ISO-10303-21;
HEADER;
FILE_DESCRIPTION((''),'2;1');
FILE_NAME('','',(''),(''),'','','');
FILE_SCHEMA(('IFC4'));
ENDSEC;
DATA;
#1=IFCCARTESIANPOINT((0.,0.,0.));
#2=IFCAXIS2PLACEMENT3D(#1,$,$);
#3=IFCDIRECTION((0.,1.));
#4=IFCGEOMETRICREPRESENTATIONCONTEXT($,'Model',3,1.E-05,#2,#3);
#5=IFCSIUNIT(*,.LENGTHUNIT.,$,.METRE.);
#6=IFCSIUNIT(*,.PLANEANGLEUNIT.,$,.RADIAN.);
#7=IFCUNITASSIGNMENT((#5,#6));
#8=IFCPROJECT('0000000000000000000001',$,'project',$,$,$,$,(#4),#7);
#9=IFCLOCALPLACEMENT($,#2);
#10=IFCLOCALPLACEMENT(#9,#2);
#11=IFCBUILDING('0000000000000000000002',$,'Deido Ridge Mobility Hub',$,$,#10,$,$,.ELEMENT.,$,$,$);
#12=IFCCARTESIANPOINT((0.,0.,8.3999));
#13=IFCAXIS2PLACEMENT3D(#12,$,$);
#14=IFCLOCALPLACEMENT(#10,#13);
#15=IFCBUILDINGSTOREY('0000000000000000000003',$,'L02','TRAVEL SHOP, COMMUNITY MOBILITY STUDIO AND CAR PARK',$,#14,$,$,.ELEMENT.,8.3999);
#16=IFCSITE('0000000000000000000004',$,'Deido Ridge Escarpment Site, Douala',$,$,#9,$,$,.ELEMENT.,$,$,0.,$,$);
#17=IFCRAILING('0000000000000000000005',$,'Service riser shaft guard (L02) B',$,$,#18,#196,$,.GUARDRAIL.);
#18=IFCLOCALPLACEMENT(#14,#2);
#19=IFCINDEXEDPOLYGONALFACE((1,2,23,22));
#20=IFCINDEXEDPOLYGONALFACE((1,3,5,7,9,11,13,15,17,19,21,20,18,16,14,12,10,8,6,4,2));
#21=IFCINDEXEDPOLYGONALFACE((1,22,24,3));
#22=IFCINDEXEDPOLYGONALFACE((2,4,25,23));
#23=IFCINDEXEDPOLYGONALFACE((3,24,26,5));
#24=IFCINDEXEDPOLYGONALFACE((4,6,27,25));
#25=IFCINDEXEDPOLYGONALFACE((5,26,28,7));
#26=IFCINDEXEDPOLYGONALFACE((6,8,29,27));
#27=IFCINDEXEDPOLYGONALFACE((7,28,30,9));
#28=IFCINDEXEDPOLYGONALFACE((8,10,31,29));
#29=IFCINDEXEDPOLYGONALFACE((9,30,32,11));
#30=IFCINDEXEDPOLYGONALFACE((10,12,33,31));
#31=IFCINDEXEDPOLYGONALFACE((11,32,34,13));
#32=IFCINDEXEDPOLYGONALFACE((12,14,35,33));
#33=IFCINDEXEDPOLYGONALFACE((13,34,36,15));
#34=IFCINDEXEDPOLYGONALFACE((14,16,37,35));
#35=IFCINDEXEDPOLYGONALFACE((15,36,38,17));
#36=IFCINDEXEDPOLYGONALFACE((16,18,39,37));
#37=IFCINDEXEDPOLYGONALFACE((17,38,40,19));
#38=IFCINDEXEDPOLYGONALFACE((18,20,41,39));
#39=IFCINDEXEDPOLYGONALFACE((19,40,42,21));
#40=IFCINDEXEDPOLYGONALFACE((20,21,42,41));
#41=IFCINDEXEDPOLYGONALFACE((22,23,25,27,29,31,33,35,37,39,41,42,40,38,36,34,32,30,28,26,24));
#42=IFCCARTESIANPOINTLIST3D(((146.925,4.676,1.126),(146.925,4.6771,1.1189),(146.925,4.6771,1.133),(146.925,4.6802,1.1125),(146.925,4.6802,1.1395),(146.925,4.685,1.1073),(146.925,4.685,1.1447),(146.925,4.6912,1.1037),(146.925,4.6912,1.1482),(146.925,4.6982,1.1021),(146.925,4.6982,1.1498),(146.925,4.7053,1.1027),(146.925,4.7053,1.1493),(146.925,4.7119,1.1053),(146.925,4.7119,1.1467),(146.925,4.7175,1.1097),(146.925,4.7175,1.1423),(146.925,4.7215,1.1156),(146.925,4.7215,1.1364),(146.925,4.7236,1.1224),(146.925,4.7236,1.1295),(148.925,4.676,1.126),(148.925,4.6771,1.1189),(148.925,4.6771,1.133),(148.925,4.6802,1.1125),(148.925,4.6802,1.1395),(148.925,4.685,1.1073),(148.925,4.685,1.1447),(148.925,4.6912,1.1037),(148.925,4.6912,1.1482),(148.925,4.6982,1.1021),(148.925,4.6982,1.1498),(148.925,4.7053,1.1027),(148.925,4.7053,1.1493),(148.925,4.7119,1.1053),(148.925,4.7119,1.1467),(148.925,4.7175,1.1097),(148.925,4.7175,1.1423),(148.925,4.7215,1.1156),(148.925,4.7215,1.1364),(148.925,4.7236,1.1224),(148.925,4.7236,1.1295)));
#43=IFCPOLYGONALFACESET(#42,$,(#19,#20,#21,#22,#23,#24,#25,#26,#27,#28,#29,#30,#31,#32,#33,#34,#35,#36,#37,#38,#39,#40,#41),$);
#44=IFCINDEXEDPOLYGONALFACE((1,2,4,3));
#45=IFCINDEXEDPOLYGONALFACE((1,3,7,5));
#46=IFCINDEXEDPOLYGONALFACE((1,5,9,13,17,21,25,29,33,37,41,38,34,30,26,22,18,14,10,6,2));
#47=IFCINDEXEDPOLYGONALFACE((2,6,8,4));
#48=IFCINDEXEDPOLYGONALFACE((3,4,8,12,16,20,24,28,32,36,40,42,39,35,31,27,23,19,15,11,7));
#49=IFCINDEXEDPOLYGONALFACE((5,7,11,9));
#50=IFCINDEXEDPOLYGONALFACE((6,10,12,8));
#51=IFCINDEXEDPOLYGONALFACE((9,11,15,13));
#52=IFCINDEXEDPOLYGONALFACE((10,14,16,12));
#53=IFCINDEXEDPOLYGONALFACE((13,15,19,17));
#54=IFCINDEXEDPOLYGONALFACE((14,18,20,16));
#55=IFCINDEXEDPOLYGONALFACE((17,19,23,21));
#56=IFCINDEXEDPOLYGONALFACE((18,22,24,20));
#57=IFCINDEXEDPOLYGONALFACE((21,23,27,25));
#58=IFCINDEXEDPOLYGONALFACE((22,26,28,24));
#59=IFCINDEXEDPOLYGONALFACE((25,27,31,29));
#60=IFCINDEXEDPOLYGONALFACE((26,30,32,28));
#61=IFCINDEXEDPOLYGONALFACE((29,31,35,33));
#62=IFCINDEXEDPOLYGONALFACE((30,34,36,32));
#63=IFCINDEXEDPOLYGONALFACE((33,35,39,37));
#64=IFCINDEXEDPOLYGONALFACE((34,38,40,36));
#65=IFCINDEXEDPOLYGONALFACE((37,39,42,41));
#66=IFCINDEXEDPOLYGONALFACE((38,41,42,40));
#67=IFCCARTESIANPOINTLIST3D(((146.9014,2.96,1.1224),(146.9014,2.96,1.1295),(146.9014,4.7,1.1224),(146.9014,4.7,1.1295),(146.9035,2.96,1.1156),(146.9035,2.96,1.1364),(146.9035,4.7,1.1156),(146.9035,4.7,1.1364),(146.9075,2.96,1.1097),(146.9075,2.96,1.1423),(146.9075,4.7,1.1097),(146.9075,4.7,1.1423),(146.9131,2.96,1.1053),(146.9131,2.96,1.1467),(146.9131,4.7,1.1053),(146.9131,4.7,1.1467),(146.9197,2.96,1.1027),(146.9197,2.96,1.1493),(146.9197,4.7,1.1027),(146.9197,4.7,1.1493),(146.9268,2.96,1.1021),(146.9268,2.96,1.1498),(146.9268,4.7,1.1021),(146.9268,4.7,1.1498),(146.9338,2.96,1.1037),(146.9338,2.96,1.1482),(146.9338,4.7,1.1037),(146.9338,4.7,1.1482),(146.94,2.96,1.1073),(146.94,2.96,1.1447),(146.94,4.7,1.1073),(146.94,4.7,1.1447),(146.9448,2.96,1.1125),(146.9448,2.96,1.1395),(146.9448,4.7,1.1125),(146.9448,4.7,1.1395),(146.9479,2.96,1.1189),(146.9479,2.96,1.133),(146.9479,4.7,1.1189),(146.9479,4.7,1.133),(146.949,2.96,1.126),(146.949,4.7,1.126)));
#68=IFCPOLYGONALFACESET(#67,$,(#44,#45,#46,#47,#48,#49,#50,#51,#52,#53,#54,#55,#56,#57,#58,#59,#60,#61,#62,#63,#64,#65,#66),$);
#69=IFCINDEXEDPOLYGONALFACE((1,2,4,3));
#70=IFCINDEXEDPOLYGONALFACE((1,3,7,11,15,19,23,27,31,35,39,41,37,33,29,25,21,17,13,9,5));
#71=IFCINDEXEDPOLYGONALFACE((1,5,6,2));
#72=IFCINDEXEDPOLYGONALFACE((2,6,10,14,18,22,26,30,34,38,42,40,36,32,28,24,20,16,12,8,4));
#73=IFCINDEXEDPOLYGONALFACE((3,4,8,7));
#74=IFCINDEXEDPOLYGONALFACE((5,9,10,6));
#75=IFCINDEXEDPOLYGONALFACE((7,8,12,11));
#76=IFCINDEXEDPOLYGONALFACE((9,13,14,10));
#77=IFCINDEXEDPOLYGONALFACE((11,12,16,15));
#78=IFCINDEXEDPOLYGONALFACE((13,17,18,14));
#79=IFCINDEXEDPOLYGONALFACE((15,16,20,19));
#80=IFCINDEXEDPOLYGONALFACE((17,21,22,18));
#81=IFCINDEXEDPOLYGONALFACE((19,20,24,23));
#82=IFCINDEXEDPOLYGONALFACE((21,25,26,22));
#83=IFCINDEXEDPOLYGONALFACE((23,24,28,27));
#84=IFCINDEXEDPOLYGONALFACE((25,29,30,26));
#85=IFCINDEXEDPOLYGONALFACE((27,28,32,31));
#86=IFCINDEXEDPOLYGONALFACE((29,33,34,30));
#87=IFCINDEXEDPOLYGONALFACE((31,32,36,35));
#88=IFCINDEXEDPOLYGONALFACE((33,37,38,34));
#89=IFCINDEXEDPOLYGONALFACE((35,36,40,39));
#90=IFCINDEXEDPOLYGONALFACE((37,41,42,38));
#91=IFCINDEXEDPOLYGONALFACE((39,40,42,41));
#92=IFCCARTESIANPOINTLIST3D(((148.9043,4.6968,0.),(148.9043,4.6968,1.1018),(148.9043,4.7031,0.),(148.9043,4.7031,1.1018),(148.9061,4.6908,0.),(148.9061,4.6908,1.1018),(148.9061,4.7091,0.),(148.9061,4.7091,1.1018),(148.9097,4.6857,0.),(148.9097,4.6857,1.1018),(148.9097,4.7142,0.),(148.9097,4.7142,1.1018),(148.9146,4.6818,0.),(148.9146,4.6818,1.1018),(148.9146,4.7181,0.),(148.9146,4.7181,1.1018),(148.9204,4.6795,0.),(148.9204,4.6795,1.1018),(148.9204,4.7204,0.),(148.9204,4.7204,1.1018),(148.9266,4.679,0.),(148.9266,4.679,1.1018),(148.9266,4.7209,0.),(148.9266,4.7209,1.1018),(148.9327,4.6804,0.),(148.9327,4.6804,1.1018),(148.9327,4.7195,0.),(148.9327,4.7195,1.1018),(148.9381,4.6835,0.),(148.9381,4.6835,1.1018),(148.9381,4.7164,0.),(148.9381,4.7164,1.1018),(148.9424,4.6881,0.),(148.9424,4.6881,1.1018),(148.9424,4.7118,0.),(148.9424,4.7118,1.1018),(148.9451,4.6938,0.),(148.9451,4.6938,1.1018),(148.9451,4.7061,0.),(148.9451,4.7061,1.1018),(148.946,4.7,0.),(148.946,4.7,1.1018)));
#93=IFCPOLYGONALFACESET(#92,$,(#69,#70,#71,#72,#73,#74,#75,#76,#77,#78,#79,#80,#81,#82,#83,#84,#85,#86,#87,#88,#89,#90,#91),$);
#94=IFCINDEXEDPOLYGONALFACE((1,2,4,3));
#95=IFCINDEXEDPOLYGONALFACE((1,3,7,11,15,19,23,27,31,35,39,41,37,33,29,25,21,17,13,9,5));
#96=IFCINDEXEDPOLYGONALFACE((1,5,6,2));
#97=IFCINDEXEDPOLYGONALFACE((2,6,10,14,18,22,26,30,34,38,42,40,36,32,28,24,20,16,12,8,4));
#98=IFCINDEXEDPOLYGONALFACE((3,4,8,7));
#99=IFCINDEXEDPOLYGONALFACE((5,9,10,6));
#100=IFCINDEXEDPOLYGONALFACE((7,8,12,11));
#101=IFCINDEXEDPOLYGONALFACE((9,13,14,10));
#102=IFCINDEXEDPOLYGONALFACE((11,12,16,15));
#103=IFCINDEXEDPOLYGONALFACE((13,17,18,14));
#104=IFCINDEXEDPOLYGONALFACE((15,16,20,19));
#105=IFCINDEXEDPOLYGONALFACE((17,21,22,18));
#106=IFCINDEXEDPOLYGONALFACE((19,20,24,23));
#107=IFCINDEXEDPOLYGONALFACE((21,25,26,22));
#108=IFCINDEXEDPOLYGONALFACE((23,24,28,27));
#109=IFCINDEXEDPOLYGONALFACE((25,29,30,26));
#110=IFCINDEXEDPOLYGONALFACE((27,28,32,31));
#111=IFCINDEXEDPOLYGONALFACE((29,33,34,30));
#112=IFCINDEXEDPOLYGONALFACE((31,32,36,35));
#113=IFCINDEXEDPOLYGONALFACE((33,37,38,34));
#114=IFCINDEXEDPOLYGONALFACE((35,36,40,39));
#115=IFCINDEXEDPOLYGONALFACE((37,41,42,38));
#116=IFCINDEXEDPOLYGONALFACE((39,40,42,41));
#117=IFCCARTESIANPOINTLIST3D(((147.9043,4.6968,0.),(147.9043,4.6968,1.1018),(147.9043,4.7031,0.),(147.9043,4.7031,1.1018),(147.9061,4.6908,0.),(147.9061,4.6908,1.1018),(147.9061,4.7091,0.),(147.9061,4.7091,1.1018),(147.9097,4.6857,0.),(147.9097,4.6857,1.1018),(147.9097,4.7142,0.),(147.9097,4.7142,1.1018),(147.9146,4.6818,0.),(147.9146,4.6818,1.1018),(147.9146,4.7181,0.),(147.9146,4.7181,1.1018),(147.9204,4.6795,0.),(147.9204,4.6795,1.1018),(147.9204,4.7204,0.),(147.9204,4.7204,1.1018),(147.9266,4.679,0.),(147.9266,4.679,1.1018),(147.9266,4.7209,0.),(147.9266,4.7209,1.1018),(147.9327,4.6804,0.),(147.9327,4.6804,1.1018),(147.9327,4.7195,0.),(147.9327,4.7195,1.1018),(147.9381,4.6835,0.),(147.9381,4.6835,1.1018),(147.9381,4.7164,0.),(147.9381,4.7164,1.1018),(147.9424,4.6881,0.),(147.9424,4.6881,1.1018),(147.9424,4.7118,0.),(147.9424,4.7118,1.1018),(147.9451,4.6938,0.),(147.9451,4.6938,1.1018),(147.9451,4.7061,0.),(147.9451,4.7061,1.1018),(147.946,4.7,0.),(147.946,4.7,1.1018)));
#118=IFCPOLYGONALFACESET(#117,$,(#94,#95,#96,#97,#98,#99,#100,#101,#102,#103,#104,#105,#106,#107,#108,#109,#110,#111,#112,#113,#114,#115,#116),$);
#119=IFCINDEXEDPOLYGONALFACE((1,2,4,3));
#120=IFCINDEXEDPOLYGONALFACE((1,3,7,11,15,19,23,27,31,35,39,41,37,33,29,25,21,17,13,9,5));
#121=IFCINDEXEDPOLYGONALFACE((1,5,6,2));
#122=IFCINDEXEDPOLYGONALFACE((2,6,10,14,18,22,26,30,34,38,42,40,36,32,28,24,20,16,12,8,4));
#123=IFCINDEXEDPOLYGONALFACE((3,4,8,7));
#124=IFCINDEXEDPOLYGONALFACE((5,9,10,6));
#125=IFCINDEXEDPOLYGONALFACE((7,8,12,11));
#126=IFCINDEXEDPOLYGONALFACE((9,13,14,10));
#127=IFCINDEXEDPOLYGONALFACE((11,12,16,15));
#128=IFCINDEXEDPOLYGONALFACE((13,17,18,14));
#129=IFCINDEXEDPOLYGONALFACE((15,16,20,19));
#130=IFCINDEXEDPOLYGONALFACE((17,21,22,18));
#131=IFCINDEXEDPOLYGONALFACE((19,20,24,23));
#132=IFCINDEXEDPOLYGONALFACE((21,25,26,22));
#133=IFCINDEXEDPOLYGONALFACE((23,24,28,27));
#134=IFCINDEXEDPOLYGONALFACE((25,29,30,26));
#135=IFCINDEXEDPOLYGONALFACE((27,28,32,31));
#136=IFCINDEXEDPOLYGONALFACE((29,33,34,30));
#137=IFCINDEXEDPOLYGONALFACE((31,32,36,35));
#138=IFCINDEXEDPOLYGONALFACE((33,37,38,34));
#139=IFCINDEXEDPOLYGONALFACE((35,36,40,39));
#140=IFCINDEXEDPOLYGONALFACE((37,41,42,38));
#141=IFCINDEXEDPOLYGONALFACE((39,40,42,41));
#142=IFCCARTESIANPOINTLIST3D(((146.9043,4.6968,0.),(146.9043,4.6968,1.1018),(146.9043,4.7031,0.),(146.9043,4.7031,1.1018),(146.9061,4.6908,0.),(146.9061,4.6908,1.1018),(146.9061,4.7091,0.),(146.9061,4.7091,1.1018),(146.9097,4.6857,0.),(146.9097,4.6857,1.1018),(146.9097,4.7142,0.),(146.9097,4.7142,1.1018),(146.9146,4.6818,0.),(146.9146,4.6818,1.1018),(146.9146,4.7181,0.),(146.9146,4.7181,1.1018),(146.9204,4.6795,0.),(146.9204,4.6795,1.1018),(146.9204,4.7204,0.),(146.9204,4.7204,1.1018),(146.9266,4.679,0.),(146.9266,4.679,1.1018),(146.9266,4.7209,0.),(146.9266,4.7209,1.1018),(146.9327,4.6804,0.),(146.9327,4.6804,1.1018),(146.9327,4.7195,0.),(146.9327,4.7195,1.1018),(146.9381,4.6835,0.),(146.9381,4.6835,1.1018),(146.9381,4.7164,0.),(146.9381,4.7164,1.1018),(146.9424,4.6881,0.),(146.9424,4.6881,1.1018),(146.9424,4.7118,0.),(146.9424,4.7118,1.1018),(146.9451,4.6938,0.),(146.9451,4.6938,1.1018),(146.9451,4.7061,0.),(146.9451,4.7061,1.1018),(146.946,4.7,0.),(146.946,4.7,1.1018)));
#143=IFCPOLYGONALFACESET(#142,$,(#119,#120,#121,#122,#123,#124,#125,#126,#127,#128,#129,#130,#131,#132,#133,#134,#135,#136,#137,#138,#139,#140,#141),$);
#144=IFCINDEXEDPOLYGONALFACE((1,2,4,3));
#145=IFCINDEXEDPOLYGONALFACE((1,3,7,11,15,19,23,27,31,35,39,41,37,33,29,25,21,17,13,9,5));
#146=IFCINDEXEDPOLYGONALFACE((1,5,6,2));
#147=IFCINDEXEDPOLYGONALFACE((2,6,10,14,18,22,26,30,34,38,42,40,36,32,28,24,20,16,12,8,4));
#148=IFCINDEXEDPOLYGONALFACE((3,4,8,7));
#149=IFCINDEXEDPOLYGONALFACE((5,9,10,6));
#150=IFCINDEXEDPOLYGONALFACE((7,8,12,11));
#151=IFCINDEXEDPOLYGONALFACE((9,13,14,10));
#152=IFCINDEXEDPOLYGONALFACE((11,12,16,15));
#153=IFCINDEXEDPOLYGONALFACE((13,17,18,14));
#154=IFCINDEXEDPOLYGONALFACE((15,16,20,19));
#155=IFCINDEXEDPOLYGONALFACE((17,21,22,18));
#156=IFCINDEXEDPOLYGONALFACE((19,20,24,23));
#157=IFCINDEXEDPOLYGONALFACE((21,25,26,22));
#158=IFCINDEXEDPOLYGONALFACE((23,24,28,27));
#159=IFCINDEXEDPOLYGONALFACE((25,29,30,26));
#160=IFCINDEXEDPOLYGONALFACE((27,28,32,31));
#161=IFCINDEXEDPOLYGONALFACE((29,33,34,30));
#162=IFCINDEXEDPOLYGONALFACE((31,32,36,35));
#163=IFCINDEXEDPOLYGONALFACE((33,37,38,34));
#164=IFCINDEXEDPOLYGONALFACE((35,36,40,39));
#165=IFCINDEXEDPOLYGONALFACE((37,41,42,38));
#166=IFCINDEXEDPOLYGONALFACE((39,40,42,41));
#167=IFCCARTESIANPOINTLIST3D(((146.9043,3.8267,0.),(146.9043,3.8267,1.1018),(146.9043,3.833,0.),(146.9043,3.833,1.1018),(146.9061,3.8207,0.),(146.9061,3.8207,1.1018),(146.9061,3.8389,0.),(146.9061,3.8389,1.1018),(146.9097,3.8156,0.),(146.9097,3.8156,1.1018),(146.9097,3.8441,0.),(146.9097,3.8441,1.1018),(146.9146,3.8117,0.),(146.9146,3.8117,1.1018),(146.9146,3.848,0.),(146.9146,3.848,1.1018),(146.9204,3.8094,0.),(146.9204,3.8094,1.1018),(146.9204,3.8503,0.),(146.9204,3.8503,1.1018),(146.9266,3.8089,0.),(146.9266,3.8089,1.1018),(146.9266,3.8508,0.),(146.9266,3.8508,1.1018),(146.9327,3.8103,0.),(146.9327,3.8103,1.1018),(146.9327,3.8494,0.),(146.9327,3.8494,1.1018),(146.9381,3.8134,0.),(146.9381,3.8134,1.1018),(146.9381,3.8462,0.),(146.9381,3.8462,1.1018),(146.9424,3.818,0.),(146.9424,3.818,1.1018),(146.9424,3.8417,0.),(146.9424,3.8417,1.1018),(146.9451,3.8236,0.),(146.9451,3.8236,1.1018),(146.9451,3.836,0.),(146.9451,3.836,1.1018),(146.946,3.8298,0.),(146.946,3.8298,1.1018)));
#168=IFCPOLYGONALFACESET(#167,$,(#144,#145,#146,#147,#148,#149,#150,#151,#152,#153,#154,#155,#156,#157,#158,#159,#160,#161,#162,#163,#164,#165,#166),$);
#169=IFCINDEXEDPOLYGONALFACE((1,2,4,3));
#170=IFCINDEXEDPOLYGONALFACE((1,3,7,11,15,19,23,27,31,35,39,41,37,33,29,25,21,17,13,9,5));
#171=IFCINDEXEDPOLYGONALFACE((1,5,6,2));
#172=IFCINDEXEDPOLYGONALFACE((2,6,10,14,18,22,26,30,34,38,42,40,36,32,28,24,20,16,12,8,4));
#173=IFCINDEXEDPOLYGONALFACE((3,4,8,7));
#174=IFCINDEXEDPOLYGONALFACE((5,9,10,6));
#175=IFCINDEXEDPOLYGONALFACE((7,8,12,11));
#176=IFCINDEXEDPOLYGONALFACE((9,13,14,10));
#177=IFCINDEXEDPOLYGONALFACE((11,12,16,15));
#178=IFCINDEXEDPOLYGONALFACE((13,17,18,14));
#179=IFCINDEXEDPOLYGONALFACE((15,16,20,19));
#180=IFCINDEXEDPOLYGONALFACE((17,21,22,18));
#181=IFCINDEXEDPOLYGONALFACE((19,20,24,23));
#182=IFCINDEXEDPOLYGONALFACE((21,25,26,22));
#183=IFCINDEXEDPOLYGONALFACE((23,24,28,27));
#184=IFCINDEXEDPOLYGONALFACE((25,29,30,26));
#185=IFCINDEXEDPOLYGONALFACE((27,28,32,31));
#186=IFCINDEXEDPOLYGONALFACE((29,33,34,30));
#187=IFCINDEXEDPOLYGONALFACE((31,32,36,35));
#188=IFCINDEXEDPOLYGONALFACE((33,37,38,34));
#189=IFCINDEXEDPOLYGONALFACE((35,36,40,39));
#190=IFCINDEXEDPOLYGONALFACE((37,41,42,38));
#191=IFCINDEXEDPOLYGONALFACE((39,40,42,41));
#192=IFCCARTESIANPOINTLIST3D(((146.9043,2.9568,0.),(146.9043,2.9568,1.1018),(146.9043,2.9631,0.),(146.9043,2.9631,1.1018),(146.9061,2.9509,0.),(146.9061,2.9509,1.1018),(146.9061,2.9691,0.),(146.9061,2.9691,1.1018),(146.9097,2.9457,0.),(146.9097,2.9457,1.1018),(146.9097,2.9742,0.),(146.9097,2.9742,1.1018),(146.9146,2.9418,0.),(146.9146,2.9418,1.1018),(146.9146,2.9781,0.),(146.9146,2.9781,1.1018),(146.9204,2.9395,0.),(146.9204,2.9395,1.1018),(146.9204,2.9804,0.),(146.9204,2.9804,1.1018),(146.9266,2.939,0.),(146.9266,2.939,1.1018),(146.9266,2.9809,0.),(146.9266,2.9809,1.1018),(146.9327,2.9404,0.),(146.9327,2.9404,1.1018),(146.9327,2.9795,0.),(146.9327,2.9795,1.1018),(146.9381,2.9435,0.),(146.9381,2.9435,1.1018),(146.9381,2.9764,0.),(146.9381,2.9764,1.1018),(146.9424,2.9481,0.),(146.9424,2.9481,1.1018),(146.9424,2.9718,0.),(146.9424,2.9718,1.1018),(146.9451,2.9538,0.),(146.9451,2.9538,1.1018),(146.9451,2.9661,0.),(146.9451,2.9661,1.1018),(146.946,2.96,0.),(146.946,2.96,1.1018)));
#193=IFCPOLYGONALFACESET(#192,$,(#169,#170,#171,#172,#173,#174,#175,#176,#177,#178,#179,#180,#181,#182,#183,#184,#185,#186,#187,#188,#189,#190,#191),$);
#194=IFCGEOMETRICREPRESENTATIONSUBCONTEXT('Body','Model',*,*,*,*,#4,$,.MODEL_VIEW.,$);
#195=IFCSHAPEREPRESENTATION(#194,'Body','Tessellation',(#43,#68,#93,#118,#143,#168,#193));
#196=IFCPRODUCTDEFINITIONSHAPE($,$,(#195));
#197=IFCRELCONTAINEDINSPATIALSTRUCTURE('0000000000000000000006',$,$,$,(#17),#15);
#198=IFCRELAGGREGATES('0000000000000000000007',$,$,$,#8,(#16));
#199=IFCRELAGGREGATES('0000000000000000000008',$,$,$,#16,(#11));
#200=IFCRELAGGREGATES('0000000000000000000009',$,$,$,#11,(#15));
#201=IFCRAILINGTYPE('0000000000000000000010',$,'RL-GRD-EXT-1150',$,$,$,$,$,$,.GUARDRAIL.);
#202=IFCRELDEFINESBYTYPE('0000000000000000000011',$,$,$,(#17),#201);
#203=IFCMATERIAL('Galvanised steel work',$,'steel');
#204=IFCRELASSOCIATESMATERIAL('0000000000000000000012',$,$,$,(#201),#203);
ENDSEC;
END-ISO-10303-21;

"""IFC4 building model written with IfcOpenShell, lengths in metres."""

from ifc_helpers import new_model, si_unit, direction, frame, origin, origin_2d, place, context, subcontext, project, spatial, circle, extrude, material, type_object, element, save


model = new_model("IFC4")

# Units and contexts
model_context = context("Model", 3, precision=1e-05, world=origin(), true_north=direction((0.0, 1.0)))
body_context = subcontext(model_context, "Body", "Model", "MODEL_VIEW")
ifc_project = project(units=[si_unit("LENGTHUNIT", "METRE"), si_unit("PLANEANGLEUNIT", "RADIAN")], contexts=[model_context])

# Site, building, storey
site_placement = place(None, origin())
site = spatial("IfcSite", under=ifc_project, at=site_placement, Name="Deido Ridge Escarpment Site, Douala", CompositionType="ELEMENT", RefElevation=0.0)
building_placement = place(site_placement, origin())
building = spatial("IfcBuilding", under=site, at=building_placement, Name="Deido Ridge Mobility Hub", CompositionType="ELEMENT")
storey_placement = place(building_placement, frame((0.0, 0.0, 8.3999)))
storey = spatial("IfcBuildingStorey", under=building, at=storey_placement, Name="L02", Description="TRAVEL SHOP, COMMUNITY MOBILITY STUDIO AND CAR PARK", CompositionType="ELEMENT", Elevation=8.3999)

# Railing
ifc_material_1 = material(Name="Galvanised steel work", Category="steel")
railing_type = type_object("IfcRailingType", Name="RL-GRD-EXT-1150", PredefinedType="GUARDRAIL", material=ifc_material_1)
railing_1_placement = place(storey_placement, frame((148.925, 4.7, 0.0)))
element("IfcRailing", 1, at=railing_1_placement, inside=storey, type_object=railing_type, Name="Service riser shaft guard (L02) B", PredefinedType="GUARDRAIL", context=body_context, shape_type="SweptSolid", body=[
    extrude(circle(Radius=0.0239, at=origin_2d()), frame((0.0, 0.0, 1.126), z_axis=(-1.0, 0.0, 0.0), x_axis=(0.0, -1.0, 0.0)), (0.0, 0.0, 1.0), 2.0),
    extrude(circle(Radius=0.0239, at=origin_2d()), frame((-2.0, 0.0, 1.126), z_axis=(0.0, -1.0, 0.0), x_axis=(1.0, 0.0, 0.0)), (0.0, 0.0, 1.0), 1.74),
    extrude(circle(Radius=0.021, at=origin_2d()), origin(), (0.0, 0.0, 1.0), 1.1018),
    extrude(circle(Radius=0.021, at=origin_2d()), frame((-1.0, 0.0, 0.0)), (0.0, 0.0, 1.0), 1.1018),
    extrude(circle(Radius=0.021, at=origin_2d()), frame((-2.0, 0.0, 0.0)), (0.0, 0.0, 1.0), 1.1018),
    extrude(circle(Radius=0.021, at=origin_2d()), frame((-2.0, -0.8701, 0.0)), (0.0, 0.0, 1.0), 1.1018),
    extrude(circle(Radius=0.021, at=origin_2d()), frame((-2.0, -1.74, 0.0)), (0.0, 0.0, 1.0), 1.1018),
])

save(model, "model.ifc")
